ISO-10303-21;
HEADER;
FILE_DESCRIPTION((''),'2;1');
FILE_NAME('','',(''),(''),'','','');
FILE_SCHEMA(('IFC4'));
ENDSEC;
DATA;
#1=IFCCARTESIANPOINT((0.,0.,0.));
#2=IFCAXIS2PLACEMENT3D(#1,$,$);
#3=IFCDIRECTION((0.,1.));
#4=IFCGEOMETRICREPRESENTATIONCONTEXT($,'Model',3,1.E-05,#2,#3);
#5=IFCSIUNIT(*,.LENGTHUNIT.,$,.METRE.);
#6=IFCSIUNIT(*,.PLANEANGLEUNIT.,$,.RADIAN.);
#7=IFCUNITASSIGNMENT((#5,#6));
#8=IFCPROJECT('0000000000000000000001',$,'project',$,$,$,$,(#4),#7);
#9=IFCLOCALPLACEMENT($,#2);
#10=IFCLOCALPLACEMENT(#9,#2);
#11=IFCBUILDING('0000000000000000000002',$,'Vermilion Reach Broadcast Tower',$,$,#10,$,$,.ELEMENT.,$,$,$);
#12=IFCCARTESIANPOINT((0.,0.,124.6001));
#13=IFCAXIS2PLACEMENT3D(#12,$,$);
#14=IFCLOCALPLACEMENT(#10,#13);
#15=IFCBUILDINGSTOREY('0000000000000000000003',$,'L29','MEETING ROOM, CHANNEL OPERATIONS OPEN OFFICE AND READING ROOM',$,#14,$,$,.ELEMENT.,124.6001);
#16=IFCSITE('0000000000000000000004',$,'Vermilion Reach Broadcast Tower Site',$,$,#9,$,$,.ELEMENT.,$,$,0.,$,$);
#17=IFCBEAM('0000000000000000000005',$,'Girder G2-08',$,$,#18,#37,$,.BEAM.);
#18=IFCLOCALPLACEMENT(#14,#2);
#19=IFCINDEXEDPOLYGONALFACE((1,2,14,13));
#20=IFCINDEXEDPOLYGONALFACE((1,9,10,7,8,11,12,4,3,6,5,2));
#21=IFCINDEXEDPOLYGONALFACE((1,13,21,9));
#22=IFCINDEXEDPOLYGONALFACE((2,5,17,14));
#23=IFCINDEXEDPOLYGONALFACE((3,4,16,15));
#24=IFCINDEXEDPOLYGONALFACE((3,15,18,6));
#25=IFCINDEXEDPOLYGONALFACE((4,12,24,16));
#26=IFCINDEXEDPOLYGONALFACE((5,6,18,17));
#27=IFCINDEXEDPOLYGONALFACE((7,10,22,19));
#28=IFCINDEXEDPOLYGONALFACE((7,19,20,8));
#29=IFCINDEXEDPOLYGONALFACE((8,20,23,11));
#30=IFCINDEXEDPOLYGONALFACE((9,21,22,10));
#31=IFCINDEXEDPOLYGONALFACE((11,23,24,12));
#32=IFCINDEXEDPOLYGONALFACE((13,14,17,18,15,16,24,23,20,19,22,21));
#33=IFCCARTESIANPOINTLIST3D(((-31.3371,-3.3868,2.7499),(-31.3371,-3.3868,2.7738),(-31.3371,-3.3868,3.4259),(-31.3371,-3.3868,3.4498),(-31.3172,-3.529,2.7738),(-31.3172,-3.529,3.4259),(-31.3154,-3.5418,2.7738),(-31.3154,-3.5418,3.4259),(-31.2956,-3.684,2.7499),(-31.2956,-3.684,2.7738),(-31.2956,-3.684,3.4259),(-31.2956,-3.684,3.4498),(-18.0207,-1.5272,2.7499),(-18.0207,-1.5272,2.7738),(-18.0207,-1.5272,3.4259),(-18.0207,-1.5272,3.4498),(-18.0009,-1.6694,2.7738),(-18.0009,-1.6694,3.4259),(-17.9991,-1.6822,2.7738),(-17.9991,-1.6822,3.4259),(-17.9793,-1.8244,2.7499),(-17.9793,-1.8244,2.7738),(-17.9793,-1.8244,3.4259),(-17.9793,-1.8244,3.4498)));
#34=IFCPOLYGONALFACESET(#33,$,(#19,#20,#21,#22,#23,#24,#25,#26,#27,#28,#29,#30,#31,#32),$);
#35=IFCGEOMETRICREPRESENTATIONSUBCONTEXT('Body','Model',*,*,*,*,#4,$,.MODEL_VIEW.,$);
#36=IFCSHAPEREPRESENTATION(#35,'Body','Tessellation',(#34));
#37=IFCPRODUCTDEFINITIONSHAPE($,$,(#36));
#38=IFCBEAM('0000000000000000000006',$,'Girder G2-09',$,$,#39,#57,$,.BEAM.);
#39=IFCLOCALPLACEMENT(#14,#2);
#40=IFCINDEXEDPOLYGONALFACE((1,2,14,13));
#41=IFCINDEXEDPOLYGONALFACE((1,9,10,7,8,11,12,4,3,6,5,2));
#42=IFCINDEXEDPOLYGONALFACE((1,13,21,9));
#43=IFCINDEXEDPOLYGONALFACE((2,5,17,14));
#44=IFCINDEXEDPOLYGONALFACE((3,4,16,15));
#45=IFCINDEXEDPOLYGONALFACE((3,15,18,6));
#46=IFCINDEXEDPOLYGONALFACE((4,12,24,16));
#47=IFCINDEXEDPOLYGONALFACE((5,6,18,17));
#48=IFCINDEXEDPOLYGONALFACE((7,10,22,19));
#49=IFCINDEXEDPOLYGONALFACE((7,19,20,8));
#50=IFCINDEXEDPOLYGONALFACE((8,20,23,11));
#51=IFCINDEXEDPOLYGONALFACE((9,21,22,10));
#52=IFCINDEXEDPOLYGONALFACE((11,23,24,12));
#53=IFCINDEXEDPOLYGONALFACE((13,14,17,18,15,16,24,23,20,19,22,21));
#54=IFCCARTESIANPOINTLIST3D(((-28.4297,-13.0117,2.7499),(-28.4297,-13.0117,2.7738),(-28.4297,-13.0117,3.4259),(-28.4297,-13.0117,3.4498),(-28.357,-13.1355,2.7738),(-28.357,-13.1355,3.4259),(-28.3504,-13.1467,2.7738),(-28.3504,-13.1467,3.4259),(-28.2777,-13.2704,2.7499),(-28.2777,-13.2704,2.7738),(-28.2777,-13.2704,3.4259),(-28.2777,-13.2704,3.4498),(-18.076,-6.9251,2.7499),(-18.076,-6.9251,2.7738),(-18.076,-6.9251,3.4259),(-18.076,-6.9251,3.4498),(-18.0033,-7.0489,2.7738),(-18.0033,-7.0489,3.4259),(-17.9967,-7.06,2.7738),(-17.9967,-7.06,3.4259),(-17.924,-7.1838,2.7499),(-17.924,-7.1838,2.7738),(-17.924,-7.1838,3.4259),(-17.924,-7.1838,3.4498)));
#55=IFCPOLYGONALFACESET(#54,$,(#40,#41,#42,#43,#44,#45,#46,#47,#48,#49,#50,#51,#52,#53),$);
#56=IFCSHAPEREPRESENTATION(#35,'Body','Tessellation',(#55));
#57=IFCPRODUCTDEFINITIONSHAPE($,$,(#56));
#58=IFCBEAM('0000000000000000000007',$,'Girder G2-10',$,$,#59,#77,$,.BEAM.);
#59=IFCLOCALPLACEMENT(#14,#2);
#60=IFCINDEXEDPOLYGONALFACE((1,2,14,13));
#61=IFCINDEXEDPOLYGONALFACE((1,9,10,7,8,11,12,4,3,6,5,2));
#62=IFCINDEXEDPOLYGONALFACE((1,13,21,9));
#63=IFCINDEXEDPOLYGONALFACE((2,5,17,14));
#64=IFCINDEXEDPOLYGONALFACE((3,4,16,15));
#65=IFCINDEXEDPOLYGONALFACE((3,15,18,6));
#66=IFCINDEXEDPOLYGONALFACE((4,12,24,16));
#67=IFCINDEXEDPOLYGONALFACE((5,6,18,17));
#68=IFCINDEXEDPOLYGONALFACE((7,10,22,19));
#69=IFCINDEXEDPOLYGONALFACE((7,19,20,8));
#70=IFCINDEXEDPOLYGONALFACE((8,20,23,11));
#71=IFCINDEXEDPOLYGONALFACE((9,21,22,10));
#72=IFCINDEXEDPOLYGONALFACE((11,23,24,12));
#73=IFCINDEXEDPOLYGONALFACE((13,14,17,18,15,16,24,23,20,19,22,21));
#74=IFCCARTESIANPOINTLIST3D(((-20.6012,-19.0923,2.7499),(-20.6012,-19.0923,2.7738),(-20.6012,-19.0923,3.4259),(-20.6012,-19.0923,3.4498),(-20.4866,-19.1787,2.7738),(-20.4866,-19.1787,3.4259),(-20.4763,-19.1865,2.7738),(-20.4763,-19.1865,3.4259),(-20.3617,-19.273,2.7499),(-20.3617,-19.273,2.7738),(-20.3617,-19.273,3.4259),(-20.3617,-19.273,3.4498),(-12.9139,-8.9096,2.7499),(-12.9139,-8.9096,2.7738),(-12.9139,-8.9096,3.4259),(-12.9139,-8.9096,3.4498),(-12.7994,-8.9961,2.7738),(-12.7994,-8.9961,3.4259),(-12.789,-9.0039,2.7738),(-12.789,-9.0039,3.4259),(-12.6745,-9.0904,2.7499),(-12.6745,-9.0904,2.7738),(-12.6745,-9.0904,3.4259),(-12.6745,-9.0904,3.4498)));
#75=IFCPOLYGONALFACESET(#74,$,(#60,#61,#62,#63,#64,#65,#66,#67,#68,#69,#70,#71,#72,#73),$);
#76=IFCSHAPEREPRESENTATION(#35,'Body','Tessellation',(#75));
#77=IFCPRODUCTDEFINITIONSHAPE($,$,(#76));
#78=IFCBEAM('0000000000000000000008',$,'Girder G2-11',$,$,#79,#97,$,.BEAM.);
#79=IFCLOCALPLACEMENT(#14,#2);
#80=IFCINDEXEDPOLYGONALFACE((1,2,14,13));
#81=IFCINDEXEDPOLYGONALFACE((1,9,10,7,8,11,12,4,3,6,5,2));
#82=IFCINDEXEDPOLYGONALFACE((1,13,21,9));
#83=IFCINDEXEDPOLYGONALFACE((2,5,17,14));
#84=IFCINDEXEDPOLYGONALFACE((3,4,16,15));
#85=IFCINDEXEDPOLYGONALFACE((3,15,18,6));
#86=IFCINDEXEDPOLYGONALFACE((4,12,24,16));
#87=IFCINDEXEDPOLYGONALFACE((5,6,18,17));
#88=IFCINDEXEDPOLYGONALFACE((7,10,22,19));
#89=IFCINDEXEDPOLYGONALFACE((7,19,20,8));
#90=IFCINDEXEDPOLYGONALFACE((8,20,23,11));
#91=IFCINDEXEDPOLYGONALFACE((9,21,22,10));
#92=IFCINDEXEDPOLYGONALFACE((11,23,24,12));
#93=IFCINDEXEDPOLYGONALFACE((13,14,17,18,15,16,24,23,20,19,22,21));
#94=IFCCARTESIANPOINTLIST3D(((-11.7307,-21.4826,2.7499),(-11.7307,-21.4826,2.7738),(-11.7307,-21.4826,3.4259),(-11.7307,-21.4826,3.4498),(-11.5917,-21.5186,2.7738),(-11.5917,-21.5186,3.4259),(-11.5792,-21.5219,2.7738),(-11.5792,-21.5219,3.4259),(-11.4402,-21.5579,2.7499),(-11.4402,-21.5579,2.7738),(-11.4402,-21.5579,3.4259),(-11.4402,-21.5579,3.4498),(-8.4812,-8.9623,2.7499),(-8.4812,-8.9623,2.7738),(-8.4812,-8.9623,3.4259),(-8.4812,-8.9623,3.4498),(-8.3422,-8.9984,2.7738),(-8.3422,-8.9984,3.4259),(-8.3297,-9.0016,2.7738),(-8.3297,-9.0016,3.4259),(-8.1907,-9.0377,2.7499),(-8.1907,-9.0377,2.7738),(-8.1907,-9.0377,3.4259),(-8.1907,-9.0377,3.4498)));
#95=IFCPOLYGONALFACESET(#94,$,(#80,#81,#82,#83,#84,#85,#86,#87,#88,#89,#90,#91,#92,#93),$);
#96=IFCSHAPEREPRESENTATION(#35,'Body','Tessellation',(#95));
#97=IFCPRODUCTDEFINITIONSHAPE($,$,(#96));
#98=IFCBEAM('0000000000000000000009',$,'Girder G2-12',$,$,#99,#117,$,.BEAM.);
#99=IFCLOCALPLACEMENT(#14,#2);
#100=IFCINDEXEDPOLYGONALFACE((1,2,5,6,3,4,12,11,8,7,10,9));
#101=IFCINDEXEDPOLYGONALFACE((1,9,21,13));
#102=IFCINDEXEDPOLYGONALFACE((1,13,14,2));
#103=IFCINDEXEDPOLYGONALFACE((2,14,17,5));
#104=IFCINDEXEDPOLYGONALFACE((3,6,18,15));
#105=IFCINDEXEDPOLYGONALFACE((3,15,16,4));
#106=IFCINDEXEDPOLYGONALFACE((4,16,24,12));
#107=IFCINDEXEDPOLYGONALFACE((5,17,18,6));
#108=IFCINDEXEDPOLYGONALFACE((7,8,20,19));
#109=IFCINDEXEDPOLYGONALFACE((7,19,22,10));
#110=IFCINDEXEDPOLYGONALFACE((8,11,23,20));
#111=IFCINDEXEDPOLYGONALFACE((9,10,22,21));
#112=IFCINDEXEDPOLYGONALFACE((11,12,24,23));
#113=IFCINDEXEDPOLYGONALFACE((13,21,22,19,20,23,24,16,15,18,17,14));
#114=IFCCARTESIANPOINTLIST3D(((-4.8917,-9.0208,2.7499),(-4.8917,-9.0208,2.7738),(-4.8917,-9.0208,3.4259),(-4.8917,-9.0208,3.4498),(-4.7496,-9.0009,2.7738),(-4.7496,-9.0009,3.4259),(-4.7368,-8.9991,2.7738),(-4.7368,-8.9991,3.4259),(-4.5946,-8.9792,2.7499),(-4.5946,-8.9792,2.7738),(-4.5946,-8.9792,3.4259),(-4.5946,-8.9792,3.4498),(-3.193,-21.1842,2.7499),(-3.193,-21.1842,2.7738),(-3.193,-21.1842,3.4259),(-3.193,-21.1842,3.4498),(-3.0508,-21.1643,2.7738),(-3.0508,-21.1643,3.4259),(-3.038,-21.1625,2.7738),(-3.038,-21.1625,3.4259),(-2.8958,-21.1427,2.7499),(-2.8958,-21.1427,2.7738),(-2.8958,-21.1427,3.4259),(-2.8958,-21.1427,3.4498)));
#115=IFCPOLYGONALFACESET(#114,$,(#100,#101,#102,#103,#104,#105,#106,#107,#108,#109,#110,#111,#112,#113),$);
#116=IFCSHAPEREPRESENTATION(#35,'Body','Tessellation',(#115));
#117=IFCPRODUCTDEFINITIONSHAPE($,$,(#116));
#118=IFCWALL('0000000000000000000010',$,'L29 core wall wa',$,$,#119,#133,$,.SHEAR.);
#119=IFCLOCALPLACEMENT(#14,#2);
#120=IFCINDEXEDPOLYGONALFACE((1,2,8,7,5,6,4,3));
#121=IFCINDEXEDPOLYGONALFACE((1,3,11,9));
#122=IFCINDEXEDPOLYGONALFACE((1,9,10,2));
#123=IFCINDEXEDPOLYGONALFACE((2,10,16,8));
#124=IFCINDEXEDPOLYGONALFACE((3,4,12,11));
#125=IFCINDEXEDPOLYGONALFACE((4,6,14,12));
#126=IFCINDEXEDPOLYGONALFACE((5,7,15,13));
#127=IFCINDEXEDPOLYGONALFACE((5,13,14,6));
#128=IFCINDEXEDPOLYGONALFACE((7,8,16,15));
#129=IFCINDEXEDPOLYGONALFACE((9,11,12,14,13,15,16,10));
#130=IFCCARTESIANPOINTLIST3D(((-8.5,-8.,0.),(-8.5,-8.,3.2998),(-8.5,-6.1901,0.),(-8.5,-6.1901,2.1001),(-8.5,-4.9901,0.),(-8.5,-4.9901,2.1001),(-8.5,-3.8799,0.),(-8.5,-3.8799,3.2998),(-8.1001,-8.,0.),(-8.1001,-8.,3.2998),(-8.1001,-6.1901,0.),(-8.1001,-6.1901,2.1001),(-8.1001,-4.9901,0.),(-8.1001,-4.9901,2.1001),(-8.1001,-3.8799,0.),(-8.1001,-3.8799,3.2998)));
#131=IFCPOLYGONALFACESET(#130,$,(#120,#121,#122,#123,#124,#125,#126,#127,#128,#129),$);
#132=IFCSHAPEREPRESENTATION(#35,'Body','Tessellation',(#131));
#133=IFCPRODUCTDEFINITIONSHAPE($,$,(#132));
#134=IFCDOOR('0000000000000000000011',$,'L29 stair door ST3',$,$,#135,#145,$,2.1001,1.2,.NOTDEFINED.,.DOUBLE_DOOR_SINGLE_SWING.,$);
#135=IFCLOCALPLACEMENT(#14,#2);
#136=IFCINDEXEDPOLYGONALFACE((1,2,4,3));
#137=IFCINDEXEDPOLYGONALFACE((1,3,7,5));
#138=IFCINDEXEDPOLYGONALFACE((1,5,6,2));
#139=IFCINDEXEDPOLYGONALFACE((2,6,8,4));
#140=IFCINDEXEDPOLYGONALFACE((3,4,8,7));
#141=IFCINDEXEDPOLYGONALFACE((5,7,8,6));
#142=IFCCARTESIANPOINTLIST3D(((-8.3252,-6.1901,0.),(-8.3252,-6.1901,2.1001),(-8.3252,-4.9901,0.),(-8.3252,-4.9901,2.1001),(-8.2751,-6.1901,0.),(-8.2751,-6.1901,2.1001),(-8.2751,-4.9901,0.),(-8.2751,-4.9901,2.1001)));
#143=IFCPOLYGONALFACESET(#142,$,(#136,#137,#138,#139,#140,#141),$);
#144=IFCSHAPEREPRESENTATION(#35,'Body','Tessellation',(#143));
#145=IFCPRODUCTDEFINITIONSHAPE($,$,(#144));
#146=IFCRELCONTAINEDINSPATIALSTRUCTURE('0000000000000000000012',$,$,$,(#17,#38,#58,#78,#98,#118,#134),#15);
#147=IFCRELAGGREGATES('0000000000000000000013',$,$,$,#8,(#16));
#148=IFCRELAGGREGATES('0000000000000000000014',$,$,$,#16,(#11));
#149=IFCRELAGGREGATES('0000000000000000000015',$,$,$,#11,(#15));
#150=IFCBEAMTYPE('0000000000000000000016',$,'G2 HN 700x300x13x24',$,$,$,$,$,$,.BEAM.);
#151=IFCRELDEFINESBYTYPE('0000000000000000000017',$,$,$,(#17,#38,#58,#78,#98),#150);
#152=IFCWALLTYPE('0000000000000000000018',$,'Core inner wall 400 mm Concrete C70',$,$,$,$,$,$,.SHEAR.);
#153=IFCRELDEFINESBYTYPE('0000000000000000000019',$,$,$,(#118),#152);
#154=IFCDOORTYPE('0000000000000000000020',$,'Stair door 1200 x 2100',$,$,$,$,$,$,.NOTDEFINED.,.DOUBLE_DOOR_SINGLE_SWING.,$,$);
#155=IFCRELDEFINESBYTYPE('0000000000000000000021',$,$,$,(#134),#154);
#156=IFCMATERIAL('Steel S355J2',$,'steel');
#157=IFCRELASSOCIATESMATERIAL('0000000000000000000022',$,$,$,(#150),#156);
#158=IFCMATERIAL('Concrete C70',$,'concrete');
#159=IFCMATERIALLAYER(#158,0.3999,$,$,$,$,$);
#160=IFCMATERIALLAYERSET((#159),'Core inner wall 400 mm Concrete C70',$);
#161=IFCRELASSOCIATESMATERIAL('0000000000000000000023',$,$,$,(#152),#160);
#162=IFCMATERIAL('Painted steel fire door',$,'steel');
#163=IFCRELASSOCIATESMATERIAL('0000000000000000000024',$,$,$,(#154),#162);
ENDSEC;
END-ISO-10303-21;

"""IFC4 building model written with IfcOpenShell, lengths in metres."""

from ifc_helpers import new_model, si_unit, direction, frame, frame_2d, origin, origin_2d, place, context, subcontext, project, spatial, rectangle, i_section, extrude, material, layer, layer_set, material_profile, profile_set, type_object, element, fill, save


model = new_model("IFC4")

# Units and contexts
model_context = context("Model", 3, precision=1e-05, world=origin(), true_north=direction((0.0, 1.0)))
body_context = subcontext(model_context, "Body", "Model", "MODEL_VIEW")
ifc_project = project(units=[si_unit("LENGTHUNIT", "METRE"), si_unit("PLANEANGLEUNIT", "RADIAN")], contexts=[model_context])

# Site, building, storey
site_placement = place(None, origin())
site = spatial("IfcSite", under=ifc_project, at=site_placement, Name="Vermilion Reach Broadcast Tower Site", CompositionType="ELEMENT", RefElevation=0.0)
building_placement = place(site_placement, origin())
building = spatial("IfcBuilding", under=site, at=building_placement, Name="Vermilion Reach Broadcast Tower", CompositionType="ELEMENT")
storey_placement = place(building_placement, frame((0.0, 0.0, 124.6001)))
storey = spatial("IfcBuildingStorey", under=building, at=storey_placement, Name="L29", Description="MEETING ROOM, CHANNEL OPERATIONS OPEN OFFICE AND READING ROOM", CompositionType="ELEMENT", Elevation=124.6001)

# Beams
ifc_material_1 = material(Name="Steel S355J2", Category="steel")
ifc_material_profile = material_profile(ifc_material_1, i_section(OverallWidth=0.3, OverallDepth=0.7, WebThickness=0.0129, FlangeThickness=0.0239, at=origin_2d()), Name="S355J2 HN 700x300x13x24")
ifc_profile_set = profile_set([ifc_material_profile], Name="Steel S355J2")
beam_type = type_object("IfcBeamType", Name="G2 HN 700x300x13x24", PredefinedType="BEAM", material=ifc_profile_set)
beam_1_placement = place(storey_placement, frame((-18.0, -1.6758, 3.0999), z_axis=(-0.990389, -0.138307, 0.0), x_axis=(0.138307, -0.990389, 0.0)))
element("IfcBeam", 1, at=beam_1_placement, inside=storey, type_object=beam_type, Name="Girder G2-08", PredefinedType="BEAM", context=body_context, shape_type="SweptSolid", body=[
    extrude(i_section(OverallWidth=0.3, OverallDepth=0.7, WebThickness=0.0129, FlangeThickness=0.0239, at=origin_2d()), origin(), (0.0, 0.0, 1.0), 13.4456),
])
beam_2_placement = place(storey_placement, frame((-18.0, -7.0544, 3.0999), z_axis=(-0.862072, -0.506786, 0.0), x_axis=(0.506786, -0.862072, 0.0)))
element("IfcBeam", 2, at=beam_2_placement, inside=storey, type_object=beam_type, Name="Girder G2-09", PredefinedType="BEAM", context=body_context, shape_type="SweptSolid", body=[
    extrude(i_section(OverallWidth=0.3, OverallDepth=0.7, WebThickness=0.0129, FlangeThickness=0.0239, at=origin_2d()), origin(), (0.0, 0.0, 1.0), 12.0103),
])
beam_3_placement = place(storey_placement, frame((-12.7942, -9.0, 3.0999), z_axis=(-0.60252, -0.798104, 0.0), x_axis=(0.798104, -0.60252, 0.0)))
element("IfcBeam", 3, at=beam_3_placement, inside=storey, type_object=beam_type, Name="Girder G2-10", PredefinedType="BEAM", context=body_context, shape_type="SweptSolid", body=[
    extrude(i_section(OverallWidth=0.3, OverallDepth=0.7, WebThickness=0.0129, FlangeThickness=0.0239, at=origin_2d()), origin(), (0.0, 0.0, 1.0), 12.7585),
])
beam_4_placement = place(storey_placement, frame((-8.3359, -9.0, 3.0999), z_axis=(-0.251217, -0.967931, 0.0), x_axis=(0.967931, -0.251217, 0.0)))
element("IfcBeam", 4, at=beam_4_placement, inside=storey, type_object=beam_type, Name="Girder G2-11", PredefinedType="BEAM", context=body_context, shape_type="SweptSolid", body=[
    extrude(i_section(OverallWidth=0.3, OverallDepth=0.7, WebThickness=0.0129, FlangeThickness=0.0239, at=origin_2d()), origin(), (0.0, 0.0, 1.0), 12.9351),
])
beam_5_placement = place(storey_placement, frame((-4.7432, -9.0, 3.0999), z_axis=(0.138318, -0.990388, 0.0), x_axis=(0.990388, 0.138318, 0.0)))
element("IfcBeam", 5, at=beam_5_placement, inside=storey, type_object=beam_type, Name="Girder G2-12", PredefinedType="BEAM", context=body_context, shape_type="SweptSolid", body=[
    extrude(i_section(OverallWidth=0.3, OverallDepth=0.7, WebThickness=0.0129, FlangeThickness=0.0239, at=origin_2d()), origin(), (0.0, 0.0, 1.0), 12.2815),
])

# Wall, opening, door
ifc_material_2 = material(Name="Concrete C70", Category="concrete")
ifc_layer_1 = layer(ifc_material_2, 0.3999)
ifc_layer_set_1 = layer_set([ifc_layer_1], Name="Core inner wall 400 mm Concrete C70")
wall_type_1 = type_object("IfcWallType", Name="Core inner wall 400 mm Concrete C70", PredefinedType="SHEAR", material=ifc_layer_set_1)
wall_1_placement = place(storey_placement, frame((-8.3, -3.8799, 0.0), z_axis=(0.0, 0.0, 1.0), x_axis=(0.0, -1.0, 0.0)))
wall_1 = element("IfcWall", 6, at=wall_1_placement, inside=storey, type_object=wall_type_1, Name="L29 core wall wa", PredefinedType="SHEAR", context=body_context, shape_type="SweptSolid", body=[
    extrude(rectangle(XDim=4.1201, YDim=0.3999, at=frame_2d((2.0601, 0.0))), origin(), (0.0, 0.0, 1.0), 3.2998),
])
opening_1_placement = place(wall_1_placement, frame((1.1101, 0.0, 0.0)))
opening_1 = element("IfcOpeningElement", 7, at=opening_1_placement, cuts=wall_1, PredefinedType="OPENING", context=body_context, shape_type="SweptSolid", body=[
    extrude(rectangle(XDim=1.2, YDim=2.1001, at=frame_2d((0.6001, 1.05))), frame((0.0, 0.21, 0.0), z_axis=(0.0, -1.0, 0.0), x_axis=(1.0, 0.0, 0.0)), (0.0, 0.0, 1.0), 0.4199),
])
ifc_material_3 = material(Name="Painted steel fire door", Category="steel")
door_type_1 = type_object("IfcDoorType", Name="Stair door 1200 x 2100", OperationType="DOUBLE_DOOR_SINGLE_SWING", PredefinedType="NOTDEFINED", material=ifc_material_3)
door_1_placement = place(opening_1_placement, origin())
door_1 = element("IfcDoor", 8, at=door_1_placement, inside=storey, type_object=door_type_1, Name="L29 stair door ST3", OperationType="DOUBLE_DOOR_SINGLE_SWING", OverallHeight=2.1001, OverallWidth=1.2, PredefinedType="NOTDEFINED", context=body_context, shape_type="SweptSolid", body=[
    extrude(rectangle(XDim=1.2, YDim=2.1001, at=frame_2d((0.6001, 1.05))), frame((0.0, 0.0249, 0.0), z_axis=(0.0, -1.0, 0.0), x_axis=(1.0, 0.0, 0.0)), (0.0, 0.0, 1.0), 0.05),
])
fill(opening_1, door_1)

save(model, "model.ifc")
